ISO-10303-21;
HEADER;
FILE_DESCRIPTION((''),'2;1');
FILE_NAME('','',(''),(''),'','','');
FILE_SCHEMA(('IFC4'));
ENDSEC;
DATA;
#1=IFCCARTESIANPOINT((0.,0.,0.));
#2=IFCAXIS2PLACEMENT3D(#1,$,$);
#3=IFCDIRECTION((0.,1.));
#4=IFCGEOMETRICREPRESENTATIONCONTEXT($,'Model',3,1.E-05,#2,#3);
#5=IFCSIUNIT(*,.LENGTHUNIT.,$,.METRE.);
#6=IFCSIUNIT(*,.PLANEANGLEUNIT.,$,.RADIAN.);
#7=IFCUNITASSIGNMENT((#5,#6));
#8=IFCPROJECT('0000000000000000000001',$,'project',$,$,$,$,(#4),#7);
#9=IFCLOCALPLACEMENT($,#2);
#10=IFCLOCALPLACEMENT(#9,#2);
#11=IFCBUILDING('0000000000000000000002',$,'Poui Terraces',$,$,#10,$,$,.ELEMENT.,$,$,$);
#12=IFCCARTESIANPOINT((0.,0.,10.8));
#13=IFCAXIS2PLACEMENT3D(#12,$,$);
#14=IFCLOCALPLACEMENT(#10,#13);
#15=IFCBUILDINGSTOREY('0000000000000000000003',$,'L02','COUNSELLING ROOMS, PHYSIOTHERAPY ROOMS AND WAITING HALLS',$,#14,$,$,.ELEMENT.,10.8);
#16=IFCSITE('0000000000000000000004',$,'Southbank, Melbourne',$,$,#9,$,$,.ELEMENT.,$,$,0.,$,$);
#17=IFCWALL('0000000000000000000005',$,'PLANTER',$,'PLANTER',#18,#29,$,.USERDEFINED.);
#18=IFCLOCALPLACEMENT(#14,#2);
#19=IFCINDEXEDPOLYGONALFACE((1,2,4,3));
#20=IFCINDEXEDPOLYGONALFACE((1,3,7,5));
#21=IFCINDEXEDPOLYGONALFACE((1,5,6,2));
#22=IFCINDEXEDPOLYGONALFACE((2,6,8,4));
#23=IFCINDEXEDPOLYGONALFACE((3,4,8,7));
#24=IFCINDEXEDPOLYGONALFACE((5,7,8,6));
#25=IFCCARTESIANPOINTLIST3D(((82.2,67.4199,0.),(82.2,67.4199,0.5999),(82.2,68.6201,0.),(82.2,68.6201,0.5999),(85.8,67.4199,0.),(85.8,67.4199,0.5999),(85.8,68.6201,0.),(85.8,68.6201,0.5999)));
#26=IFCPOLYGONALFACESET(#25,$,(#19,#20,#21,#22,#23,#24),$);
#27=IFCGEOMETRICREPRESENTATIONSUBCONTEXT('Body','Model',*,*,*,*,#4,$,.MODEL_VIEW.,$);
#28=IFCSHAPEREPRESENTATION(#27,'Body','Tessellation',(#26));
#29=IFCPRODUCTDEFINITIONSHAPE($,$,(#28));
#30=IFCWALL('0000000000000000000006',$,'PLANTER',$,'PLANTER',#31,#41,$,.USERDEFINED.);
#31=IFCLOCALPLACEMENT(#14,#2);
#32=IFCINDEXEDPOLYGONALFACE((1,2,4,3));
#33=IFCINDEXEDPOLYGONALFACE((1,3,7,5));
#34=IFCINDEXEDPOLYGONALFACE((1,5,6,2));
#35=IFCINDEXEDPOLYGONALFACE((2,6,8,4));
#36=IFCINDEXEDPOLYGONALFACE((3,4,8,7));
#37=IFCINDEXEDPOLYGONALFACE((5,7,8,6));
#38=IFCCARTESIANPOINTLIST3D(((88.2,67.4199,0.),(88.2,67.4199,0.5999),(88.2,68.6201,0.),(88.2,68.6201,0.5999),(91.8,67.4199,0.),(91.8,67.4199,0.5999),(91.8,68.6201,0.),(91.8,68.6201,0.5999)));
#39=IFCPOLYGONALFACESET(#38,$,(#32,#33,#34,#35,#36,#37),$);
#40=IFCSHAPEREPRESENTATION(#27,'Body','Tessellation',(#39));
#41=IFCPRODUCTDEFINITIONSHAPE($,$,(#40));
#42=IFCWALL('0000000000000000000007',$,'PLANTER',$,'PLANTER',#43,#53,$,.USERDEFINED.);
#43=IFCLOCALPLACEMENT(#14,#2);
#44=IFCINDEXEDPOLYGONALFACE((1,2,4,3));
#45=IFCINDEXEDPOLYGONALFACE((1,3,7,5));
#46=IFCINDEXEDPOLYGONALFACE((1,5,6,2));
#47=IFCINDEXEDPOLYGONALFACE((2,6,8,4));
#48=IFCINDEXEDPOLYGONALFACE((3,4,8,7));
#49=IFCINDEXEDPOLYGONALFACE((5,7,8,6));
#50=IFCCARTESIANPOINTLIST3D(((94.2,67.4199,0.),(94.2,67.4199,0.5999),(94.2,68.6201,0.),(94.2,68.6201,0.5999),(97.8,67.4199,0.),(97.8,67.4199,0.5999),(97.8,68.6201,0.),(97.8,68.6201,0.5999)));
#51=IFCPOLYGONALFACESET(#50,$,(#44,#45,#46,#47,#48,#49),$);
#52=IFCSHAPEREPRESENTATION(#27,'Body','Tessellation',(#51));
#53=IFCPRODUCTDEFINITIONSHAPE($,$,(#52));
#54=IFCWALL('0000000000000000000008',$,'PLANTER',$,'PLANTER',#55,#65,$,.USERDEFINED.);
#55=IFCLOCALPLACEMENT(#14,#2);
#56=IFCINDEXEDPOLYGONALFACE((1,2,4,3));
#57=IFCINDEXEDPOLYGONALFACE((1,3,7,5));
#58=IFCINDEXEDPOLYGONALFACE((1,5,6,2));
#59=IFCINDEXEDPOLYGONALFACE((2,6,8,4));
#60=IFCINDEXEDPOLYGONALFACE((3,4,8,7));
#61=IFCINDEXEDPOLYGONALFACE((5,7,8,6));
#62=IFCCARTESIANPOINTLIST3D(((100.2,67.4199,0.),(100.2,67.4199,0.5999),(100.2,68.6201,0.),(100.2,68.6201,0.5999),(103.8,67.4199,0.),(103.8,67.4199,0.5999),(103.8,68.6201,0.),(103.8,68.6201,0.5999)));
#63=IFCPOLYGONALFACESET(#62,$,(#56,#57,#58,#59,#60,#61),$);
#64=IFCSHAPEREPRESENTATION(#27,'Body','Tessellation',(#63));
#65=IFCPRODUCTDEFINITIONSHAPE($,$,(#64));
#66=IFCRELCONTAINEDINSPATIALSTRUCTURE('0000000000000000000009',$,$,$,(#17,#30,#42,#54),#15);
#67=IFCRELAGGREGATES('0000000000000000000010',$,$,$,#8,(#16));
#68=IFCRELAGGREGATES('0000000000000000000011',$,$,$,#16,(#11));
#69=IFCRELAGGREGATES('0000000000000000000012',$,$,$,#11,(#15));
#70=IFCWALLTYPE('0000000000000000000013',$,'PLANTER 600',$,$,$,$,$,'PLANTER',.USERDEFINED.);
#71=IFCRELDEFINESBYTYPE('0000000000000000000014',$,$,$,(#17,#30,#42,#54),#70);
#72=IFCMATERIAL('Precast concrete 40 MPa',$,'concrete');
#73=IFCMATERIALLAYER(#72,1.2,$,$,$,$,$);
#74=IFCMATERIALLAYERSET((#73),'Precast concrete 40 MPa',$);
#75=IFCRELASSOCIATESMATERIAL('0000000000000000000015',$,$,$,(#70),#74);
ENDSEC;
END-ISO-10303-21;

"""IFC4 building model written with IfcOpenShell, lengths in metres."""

from ifc_helpers import new_model, si_unit, direction, frame, origin, place, context, subcontext, project, spatial, polyline, outline, extrude, source, transform, mapped, material, layer, layer_set, type_object, element, save


model = new_model("IFC4")

# Units and contexts
model_context = context("Model", 3, precision=1e-05, world=origin(), true_north=direction((0.0, 1.0)))
body_context = subcontext(model_context, "Body", "Model", "MODEL_VIEW")
ifc_project = project(units=[si_unit("LENGTHUNIT", "METRE"), si_unit("PLANEANGLEUNIT", "RADIAN")], contexts=[model_context])

# Site, building, storey
site_placement = place(None, origin())
site = spatial("IfcSite", under=ifc_project, at=site_placement, Name="Southbank, Melbourne", CompositionType="ELEMENT", RefElevation=0.0)
building_placement = place(site_placement, origin())
building = spatial("IfcBuilding", under=site, at=building_placement, Name="Poui Terraces", CompositionType="ELEMENT")
storey_placement = place(building_placement, frame((0.0, 0.0, 10.8)))
storey = spatial("IfcBuildingStorey", under=building, at=storey_placement, Name="L02", Description="COUNSELLING ROOMS, PHYSIOTHERAPY ROOMS AND WAITING HALLS", CompositionType="ELEMENT", Elevation=10.8)

# Walls
ifc_material_1 = material(Name="Precast concrete 40 MPa", Category="concrete")
ifc_layer = layer(ifc_material_1, 1.2)
ifc_layer_set = layer_set([ifc_layer], Name="Precast concrete 40 MPa")
wall_type = type_object("IfcWallType", Name="PLANTER 600", ElementType="PLANTER", PredefinedType="USERDEFINED", material=ifc_layer_set)
shared_shape_1 = source(origin(), body_context, "Body", "SweptSolid", [
    extrude(outline(polyline([(0.0, 0.0), (3.6001, 0.0), (3.6001, 1.2002), (0.0, 1.2002), (0.0, 0.0)])), origin(), (0.0, 0.0, 1.0), 0.5999),
])
for number, where, name in (
    (1, (82.2, 67.4199, 0.0), "PLANTER"),
    (2, (88.2, 67.4199, 0.0), "PLANTER"),
    (3, (94.2, 67.4199, 0.0), "PLANTER"),
    (4, (100.2, 67.4199, 0.0), "PLANTER"),
):
    element("IfcWall", number, at=place(storey_placement, frame(where)), inside=storey, type_object=wall_type, Name=name, ObjectType="PLANTER", PredefinedType="USERDEFINED", context=body_context, shape_type="MappedRepresentation", body=[
        mapped(shared_shape_1, transform((0.0, 0.0, 0.0))),
    ])

save(model, "model.ifc")
